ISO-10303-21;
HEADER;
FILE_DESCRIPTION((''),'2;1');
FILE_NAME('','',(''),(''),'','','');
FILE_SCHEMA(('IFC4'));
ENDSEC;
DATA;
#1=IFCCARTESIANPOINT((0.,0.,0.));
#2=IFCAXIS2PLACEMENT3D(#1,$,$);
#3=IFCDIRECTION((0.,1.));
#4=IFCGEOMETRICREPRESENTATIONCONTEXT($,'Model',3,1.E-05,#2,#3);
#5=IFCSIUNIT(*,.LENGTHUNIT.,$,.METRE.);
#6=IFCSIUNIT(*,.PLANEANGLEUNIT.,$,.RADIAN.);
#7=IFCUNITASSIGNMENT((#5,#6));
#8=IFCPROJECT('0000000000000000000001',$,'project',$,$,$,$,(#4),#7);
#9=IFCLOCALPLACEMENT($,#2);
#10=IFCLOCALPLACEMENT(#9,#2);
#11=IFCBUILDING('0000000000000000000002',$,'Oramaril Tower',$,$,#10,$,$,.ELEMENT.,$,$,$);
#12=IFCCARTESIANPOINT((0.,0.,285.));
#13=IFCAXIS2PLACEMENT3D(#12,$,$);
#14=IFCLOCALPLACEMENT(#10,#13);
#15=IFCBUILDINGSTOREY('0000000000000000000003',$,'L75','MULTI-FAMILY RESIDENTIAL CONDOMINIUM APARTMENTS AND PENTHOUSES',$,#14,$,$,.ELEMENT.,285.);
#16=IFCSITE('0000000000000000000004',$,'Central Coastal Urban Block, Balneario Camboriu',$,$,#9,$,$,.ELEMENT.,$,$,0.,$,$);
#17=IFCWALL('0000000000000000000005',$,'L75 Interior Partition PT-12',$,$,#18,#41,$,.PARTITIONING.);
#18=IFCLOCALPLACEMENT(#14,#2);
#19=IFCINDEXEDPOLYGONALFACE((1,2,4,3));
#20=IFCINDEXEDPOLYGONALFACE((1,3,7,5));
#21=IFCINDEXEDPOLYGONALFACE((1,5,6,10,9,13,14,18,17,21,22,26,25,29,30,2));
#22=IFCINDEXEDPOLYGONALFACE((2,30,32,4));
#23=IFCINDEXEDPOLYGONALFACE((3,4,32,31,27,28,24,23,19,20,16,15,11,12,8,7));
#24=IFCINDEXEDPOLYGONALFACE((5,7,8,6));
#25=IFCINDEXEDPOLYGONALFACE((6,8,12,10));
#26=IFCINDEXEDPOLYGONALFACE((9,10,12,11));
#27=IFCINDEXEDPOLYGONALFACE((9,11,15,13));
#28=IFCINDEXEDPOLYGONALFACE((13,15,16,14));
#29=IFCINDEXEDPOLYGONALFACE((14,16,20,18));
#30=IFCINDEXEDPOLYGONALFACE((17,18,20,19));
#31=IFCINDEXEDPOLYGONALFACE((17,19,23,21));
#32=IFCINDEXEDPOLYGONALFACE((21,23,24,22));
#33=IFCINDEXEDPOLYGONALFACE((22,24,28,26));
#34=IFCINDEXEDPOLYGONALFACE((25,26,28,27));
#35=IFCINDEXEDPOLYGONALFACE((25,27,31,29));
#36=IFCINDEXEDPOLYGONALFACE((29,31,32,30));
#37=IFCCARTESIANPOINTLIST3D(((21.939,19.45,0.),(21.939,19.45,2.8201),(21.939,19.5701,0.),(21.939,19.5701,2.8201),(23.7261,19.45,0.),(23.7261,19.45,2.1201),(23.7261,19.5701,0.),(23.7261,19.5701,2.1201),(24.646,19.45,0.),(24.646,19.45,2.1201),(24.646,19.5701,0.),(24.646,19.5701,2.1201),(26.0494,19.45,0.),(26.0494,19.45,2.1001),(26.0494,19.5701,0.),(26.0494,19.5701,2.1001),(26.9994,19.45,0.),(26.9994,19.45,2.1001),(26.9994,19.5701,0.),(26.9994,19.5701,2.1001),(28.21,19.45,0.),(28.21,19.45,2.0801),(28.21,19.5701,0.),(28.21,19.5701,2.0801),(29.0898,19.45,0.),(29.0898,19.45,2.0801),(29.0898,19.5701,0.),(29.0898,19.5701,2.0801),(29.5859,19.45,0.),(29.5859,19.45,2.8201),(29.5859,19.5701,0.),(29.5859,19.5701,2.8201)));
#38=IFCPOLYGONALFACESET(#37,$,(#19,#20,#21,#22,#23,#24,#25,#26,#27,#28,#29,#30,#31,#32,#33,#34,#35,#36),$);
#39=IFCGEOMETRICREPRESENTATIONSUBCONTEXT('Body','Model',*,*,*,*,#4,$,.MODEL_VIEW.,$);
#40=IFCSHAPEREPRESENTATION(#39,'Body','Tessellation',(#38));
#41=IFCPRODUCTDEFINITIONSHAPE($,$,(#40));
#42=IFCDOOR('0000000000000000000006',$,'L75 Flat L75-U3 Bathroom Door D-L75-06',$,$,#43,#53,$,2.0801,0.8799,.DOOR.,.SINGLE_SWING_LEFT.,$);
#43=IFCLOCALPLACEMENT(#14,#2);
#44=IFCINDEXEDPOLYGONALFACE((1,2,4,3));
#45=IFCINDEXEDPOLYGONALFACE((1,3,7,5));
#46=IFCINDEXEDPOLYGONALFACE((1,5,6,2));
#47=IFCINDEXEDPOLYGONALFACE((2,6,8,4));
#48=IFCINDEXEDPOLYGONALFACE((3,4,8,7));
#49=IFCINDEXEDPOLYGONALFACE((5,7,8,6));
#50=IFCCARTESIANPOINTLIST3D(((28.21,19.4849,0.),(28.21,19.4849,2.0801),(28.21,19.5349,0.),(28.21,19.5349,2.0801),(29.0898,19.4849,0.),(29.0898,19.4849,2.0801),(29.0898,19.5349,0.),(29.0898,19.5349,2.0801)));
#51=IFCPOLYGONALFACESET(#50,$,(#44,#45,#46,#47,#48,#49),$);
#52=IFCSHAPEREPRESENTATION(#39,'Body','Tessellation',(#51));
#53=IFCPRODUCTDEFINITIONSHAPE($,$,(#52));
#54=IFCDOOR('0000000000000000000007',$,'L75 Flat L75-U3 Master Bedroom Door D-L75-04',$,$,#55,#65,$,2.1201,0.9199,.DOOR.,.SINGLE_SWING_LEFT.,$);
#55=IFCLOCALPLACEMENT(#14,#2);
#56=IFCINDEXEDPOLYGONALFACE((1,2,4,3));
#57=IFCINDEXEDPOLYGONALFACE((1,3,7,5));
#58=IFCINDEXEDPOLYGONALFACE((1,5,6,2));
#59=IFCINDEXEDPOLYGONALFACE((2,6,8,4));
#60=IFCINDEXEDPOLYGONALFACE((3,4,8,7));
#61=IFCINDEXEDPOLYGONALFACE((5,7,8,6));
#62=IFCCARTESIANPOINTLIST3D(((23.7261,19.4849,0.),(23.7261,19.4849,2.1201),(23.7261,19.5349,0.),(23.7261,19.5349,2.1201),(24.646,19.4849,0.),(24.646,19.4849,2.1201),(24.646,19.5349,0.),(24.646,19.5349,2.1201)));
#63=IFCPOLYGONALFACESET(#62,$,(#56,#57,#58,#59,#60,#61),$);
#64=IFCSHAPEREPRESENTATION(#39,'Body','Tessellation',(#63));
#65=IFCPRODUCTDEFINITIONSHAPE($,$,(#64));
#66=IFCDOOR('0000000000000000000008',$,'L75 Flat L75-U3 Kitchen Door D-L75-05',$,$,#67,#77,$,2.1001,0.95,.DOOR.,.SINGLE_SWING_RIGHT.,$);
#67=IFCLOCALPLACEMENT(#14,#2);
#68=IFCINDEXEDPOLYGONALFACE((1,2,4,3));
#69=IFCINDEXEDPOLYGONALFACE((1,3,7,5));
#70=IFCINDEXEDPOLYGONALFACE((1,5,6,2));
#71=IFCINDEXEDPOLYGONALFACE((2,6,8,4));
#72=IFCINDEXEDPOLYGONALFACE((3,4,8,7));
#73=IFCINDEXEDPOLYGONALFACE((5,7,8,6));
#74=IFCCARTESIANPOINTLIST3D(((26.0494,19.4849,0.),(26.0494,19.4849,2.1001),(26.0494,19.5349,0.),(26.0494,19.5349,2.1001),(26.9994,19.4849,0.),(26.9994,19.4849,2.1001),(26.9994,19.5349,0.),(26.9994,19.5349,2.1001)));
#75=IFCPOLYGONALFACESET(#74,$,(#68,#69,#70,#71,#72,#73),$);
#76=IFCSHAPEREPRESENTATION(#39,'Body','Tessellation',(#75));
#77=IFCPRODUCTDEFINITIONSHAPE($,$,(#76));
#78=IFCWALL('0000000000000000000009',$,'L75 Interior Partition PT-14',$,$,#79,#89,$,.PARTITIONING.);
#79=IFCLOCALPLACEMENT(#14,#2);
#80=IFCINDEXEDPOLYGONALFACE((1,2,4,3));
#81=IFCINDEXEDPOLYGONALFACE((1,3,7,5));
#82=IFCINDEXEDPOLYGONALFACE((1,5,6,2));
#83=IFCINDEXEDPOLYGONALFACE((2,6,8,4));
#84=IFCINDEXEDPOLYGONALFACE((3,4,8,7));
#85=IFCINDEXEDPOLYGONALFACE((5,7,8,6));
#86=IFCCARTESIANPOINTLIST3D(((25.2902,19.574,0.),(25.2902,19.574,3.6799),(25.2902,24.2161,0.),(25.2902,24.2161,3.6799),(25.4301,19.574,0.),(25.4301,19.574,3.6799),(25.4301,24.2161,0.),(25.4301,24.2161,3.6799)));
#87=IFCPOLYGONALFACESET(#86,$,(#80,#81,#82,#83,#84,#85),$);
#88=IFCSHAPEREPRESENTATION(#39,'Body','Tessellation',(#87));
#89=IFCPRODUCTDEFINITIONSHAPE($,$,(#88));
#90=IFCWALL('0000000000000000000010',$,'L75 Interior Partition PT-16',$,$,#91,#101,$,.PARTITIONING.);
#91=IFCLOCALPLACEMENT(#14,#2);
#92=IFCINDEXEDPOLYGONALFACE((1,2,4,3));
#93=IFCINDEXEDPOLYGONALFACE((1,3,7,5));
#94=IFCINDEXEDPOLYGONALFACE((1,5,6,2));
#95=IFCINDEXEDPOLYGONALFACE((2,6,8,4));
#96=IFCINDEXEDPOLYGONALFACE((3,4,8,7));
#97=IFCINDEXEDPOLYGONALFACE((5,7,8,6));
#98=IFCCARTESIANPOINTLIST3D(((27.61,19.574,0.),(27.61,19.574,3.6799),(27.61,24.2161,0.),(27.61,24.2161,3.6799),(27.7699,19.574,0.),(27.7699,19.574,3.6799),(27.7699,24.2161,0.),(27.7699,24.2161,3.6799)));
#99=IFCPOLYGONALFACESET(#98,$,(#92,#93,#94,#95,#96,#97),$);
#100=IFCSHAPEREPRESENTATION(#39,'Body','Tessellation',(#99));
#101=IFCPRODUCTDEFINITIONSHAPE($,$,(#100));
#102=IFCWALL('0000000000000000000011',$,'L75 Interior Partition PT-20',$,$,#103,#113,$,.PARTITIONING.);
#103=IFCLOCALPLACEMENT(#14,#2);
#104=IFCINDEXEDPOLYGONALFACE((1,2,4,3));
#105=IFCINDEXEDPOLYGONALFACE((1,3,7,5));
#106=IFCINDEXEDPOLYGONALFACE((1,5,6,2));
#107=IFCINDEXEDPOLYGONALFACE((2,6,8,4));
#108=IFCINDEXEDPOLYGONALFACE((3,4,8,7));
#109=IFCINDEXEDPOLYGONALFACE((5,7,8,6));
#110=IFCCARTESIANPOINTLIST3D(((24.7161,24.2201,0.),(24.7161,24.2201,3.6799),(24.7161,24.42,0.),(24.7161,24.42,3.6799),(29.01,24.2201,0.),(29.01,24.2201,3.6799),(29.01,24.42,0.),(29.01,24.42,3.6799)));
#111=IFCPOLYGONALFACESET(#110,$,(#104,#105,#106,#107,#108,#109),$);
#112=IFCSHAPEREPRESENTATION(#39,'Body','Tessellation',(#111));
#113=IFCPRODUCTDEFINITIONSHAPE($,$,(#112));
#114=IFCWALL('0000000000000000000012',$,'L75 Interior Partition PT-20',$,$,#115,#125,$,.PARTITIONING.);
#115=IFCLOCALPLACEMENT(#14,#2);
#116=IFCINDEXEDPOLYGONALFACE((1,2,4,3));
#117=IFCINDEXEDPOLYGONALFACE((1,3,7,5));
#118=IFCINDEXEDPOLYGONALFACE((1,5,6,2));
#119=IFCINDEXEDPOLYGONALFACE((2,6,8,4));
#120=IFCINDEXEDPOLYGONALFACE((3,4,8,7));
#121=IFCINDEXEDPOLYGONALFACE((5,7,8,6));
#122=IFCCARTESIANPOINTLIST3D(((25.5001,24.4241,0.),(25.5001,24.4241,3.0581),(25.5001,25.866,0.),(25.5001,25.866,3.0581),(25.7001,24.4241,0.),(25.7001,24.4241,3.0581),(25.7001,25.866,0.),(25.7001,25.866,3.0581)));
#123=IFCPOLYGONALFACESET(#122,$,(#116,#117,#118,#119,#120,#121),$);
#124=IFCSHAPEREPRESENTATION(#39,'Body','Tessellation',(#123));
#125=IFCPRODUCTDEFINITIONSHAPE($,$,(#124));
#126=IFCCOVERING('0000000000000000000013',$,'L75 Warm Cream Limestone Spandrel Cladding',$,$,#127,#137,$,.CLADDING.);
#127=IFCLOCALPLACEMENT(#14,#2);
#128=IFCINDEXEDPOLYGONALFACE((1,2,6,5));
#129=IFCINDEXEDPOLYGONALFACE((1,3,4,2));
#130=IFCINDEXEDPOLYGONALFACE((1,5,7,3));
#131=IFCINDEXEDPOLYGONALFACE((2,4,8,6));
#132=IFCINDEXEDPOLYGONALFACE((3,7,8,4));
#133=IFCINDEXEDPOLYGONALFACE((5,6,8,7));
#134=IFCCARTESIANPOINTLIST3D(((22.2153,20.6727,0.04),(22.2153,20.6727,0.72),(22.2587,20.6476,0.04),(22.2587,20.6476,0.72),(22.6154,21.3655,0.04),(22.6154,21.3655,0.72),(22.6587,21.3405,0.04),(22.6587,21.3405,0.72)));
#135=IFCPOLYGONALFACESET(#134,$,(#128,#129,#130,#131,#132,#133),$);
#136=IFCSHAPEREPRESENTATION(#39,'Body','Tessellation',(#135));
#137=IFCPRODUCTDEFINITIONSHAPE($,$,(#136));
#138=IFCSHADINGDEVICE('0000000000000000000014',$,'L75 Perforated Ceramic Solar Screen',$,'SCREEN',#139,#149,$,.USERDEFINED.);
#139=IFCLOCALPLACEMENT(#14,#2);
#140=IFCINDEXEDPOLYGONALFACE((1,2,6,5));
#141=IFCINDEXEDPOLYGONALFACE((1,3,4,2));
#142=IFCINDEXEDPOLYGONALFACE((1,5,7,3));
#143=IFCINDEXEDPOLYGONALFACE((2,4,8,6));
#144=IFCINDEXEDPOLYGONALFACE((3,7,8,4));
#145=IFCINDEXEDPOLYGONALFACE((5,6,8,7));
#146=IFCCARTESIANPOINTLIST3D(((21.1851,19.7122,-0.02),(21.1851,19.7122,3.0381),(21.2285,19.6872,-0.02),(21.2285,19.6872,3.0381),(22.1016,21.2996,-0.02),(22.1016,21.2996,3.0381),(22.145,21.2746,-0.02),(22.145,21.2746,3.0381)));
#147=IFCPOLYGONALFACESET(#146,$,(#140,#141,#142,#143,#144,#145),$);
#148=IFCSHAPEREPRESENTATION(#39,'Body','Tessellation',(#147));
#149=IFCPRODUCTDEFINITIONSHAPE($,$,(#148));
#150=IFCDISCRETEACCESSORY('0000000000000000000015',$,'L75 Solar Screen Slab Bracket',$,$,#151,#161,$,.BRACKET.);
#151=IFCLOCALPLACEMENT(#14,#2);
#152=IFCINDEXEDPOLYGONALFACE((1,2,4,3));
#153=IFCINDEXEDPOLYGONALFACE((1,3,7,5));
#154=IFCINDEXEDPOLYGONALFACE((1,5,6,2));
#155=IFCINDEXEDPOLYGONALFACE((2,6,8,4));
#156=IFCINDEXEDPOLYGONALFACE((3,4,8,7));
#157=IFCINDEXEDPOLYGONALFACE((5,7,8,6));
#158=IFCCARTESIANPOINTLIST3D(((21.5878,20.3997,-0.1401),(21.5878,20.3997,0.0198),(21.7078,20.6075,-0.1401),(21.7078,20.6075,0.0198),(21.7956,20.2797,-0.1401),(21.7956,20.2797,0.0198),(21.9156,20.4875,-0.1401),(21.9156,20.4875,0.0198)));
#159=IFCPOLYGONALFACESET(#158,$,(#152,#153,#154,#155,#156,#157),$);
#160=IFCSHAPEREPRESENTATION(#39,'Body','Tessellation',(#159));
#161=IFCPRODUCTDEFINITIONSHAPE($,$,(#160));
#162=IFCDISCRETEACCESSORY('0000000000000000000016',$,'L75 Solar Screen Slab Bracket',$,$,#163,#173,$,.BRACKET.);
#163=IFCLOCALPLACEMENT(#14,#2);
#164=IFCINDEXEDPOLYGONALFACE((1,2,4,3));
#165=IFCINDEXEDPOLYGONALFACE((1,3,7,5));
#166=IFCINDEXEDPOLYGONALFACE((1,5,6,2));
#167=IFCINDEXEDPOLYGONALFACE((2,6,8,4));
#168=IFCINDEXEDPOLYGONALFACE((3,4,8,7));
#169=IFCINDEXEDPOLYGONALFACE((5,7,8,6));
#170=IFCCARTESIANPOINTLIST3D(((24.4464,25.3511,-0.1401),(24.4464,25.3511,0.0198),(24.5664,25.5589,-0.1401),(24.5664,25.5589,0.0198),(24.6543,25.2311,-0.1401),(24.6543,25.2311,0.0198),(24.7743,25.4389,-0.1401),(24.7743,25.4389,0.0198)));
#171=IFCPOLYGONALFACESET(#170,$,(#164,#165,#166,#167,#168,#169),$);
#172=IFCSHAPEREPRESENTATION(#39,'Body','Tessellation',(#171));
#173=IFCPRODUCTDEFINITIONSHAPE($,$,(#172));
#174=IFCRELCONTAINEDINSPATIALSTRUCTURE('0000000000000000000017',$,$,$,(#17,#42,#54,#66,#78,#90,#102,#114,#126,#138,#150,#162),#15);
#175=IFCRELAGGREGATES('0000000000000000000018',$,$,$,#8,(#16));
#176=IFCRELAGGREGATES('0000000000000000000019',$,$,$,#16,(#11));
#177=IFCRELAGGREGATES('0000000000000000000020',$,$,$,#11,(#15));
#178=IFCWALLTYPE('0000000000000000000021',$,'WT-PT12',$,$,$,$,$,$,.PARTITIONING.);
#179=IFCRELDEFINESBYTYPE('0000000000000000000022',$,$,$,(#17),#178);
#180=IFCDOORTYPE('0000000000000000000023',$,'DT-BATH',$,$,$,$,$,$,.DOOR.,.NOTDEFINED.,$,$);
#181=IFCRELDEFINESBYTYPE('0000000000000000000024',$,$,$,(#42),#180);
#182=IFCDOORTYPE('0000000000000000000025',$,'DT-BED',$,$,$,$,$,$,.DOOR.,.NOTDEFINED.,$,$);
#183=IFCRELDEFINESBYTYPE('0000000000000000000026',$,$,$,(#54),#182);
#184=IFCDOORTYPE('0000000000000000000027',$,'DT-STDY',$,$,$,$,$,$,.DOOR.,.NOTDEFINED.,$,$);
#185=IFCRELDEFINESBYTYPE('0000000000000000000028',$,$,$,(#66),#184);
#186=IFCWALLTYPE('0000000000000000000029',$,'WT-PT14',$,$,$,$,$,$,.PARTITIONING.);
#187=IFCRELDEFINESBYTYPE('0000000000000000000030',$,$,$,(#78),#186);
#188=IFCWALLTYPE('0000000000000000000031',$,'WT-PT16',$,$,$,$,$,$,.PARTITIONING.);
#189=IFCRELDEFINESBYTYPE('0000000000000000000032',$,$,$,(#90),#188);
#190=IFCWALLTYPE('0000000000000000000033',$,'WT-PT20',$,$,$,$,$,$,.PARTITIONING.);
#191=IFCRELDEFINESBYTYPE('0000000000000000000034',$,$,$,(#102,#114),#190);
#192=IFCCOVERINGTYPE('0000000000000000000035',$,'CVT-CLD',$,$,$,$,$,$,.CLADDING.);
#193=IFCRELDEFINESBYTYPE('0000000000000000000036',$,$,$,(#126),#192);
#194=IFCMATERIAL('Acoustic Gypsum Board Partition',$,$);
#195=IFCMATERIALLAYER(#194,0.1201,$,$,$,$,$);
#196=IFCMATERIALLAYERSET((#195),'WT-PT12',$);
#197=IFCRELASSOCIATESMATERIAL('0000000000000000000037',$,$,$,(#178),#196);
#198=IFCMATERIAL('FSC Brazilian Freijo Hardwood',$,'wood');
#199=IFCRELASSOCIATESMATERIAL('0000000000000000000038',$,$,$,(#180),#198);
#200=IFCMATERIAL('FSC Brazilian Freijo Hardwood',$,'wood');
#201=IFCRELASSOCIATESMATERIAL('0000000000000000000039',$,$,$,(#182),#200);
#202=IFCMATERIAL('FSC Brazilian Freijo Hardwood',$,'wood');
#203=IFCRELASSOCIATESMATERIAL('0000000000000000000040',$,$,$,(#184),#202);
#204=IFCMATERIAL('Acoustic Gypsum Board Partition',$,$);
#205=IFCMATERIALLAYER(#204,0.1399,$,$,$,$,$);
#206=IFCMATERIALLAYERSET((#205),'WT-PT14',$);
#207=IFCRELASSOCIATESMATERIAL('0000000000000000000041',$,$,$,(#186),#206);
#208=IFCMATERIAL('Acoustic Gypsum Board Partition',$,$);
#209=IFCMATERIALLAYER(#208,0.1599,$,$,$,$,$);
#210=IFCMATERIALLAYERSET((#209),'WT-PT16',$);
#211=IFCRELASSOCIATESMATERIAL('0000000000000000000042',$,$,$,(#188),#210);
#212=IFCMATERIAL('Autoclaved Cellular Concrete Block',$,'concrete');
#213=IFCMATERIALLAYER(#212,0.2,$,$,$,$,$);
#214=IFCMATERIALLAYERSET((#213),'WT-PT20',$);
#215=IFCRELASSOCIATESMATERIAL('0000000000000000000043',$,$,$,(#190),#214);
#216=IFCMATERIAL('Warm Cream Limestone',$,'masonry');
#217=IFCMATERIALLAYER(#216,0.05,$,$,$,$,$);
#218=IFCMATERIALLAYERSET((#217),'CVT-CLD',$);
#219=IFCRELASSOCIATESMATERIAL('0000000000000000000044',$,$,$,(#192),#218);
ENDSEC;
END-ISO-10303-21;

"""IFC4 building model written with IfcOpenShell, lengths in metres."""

from ifc_helpers import new_model, si_unit, direction, frame, frame_2d, origin, origin_2d, place, context, subcontext, project, spatial, rectangle, extrude, material, layer, layer_set, type_object, element, fill, save


model = new_model("IFC4")

# Units and contexts
model_context = context("Model", 3, precision=1e-05, world=origin(), true_north=direction((0.0, 1.0)))
body_context = subcontext(model_context, "Body", "Model", "MODEL_VIEW")
ifc_project = project(units=[si_unit("LENGTHUNIT", "METRE"), si_unit("PLANEANGLEUNIT", "RADIAN")], contexts=[model_context])

# Site, building, storey
site_placement = place(None, origin())
site = spatial("IfcSite", under=ifc_project, at=site_placement, Name="Central Coastal Urban Block, Balneario Camboriu", CompositionType="ELEMENT", RefElevation=0.0)
building_placement = place(site_placement, origin())
building = spatial("IfcBuilding", under=site, at=building_placement, Name="Oramaril Tower", CompositionType="ELEMENT")
storey_placement = place(building_placement, frame((0.0, 0.0, 285.0)))
storey = spatial("IfcBuildingStorey", under=building, at=storey_placement, Name="L75", Description="MULTI-FAMILY RESIDENTIAL CONDOMINIUM APARTMENTS AND PENTHOUSES", CompositionType="ELEMENT", Elevation=285.0)

# Wall, openings, doors
ifc_material_1 = material(Name="Acoustic Gypsum Board Partition")
ifc_layer_1 = layer(ifc_material_1, 0.1201)
ifc_layer_set_1 = layer_set([ifc_layer_1], Name="WT-PT12")
wall_type_1 = type_object("IfcWallType", Name="WT-PT12", PredefinedType="PARTITIONING", material=ifc_layer_set_1)
wall_1_placement = place(storey_placement, frame((21.939, 19.51, 0.0), z_axis=(0.0, 0.0, 1.0), x_axis=(1.0, 0.0, 0.0)))
wall_1 = element("IfcWall", 1, at=wall_1_placement, inside=storey, type_object=wall_type_1, Name="L75 Interior Partition PT-12", PredefinedType="PARTITIONING", context=body_context, shape_type="SweptSolid", body=[
    extrude(rectangle(XDim=7.647, YDim=0.1201, at=frame_2d((3.8235, 0.0))), origin(), (0.0, 0.0, 1.0), 2.8201),
])
opening_1_placement = place(wall_1_placement, frame((1.7871, 0.0, 0.0)))
opening_1 = element("IfcOpeningElement", 2, at=opening_1_placement, cuts=wall_1, PredefinedType="OPENING", context=body_context, shape_type="SweptSolid", body=[
    extrude(rectangle(XDim=0.9199, YDim=2.1201, at=frame_2d((0.46, 1.0601))), frame((0.0, 0.0601, 0.0), z_axis=(0.0, -1.0, 0.0), x_axis=(1.0, 0.0, 0.0)), (0.0, 0.0, 1.0), 0.1201),
])
opening_2_placement = place(wall_1_placement, frame((4.1104, 0.0, 0.0)))
opening_2 = element("IfcOpeningElement", 3, at=opening_2_placement, cuts=wall_1, PredefinedType="OPENING", context=body_context, shape_type="SweptSolid", body=[
    extrude(rectangle(XDim=0.95, YDim=2.1001, at=frame_2d((0.4751, 1.05))), frame((0.0, 0.0601, 0.0), z_axis=(0.0, -1.0, 0.0), x_axis=(1.0, 0.0, 0.0)), (0.0, 0.0, 1.0), 0.1201),
])
opening_3_placement = place(wall_1_placement, frame((6.271, 0.0, 0.0)))
opening_3 = element("IfcOpeningElement", 4, at=opening_3_placement, cuts=wall_1, PredefinedType="OPENING", context=body_context, shape_type="SweptSolid", body=[
    extrude(rectangle(XDim=0.8799, YDim=2.0801, at=frame_2d((0.4399, 1.04))), frame((0.0, 0.0601, 0.0), z_axis=(0.0, -1.0, 0.0), x_axis=(1.0, 0.0, 0.0)), (0.0, 0.0, 1.0), 0.1201),
])
ifc_material_2 = material(Name="FSC Brazilian Freijo Hardwood", Category="wood")
door_type_1 = type_object("IfcDoorType", Name="DT-BATH", OperationType="NOTDEFINED", PredefinedType="DOOR", material=ifc_material_2)
door_1_placement = place(opening_3_placement, origin())
door_1 = element("IfcDoor", 5, at=door_1_placement, inside=storey, type_object=door_type_1, Name="L75 Flat L75-U3 Bathroom Door D-L75-06", OperationType="SINGLE_SWING_LEFT", OverallHeight=2.0801, OverallWidth=0.8799, PredefinedType="DOOR", context=body_context, shape_type="SweptSolid", body=[
    extrude(rectangle(XDim=0.8799, YDim=2.0801, at=frame_2d((0.4399, 1.04))), frame((0.0, 0.0249, 0.0), z_axis=(0.0, -1.0, 0.0), x_axis=(1.0, 0.0, 0.0)), (0.0, 0.0, 1.0), 0.05),
])
fill(opening_3, door_1)
ifc_material_3 = material(Name="FSC Brazilian Freijo Hardwood", Category="wood")
door_type_2 = type_object("IfcDoorType", Name="DT-BED", OperationType="NOTDEFINED", PredefinedType="DOOR", material=ifc_material_3)
door_2_placement = place(opening_1_placement, origin())
door_2 = element("IfcDoor", 6, at=door_2_placement, inside=storey, type_object=door_type_2, Name="L75 Flat L75-U3 Master Bedroom Door D-L75-04", OperationType="SINGLE_SWING_LEFT", OverallHeight=2.1201, OverallWidth=0.9199, PredefinedType="DOOR", context=body_context, shape_type="SweptSolid", body=[
    extrude(rectangle(XDim=0.9199, YDim=2.1201, at=frame_2d((0.46, 1.0601))), frame((0.0, 0.0249, 0.0), z_axis=(0.0, -1.0, 0.0), x_axis=(1.0, 0.0, 0.0)), (0.0, 0.0, 1.0), 0.05),
])
fill(opening_1, door_2)
ifc_material_4 = material(Name="FSC Brazilian Freijo Hardwood", Category="wood")
door_type_3 = type_object("IfcDoorType", Name="DT-STDY", OperationType="NOTDEFINED", PredefinedType="DOOR", material=ifc_material_4)
door_3_placement = place(opening_2_placement, origin())
door_3 = element("IfcDoor", 7, at=door_3_placement, inside=storey, type_object=door_type_3, Name="L75 Flat L75-U3 Kitchen Door D-L75-05", OperationType="SINGLE_SWING_RIGHT", OverallHeight=2.1001, OverallWidth=0.95, PredefinedType="DOOR", context=body_context, shape_type="SweptSolid", body=[
    extrude(rectangle(XDim=0.95, YDim=2.1001, at=frame_2d((0.4751, 1.05))), frame((0.0, 0.0249, 0.0), z_axis=(0.0, -1.0, 0.0), x_axis=(1.0, 0.0, 0.0)), (0.0, 0.0, 1.0), 0.05),
])
fill(opening_2, door_3)

# Walls
ifc_material_5 = material(Name="Acoustic Gypsum Board Partition")
ifc_layer_2 = layer(ifc_material_5, 0.1399)
ifc_layer_set_2 = layer_set([ifc_layer_2], Name="WT-PT14")
wall_type_2 = type_object("IfcWallType", Name="WT-PT14", PredefinedType="PARTITIONING", material=ifc_layer_set_2)
wall_2_placement = place(storey_placement, frame((25.3601, 19.574, 0.0), z_axis=(0.0, 0.0, 1.0), x_axis=(0.0, 1.0, 0.0)))
element("IfcWall", 8, at=wall_2_placement, inside=storey, type_object=wall_type_2, Name="L75 Interior Partition PT-14", PredefinedType="PARTITIONING", context=body_context, shape_type="SweptSolid", body=[
    extrude(rectangle(XDim=4.6421, YDim=0.1399, at=frame_2d((2.321, 0.0))), origin(), (0.0, 0.0, 1.0), 3.6799),
])
ifc_material_6 = material(Name="Acoustic Gypsum Board Partition")
ifc_layer_3 = layer(ifc_material_6, 0.1599)
ifc_layer_set_3 = layer_set([ifc_layer_3], Name="WT-PT16")
wall_type_3 = type_object("IfcWallType", Name="WT-PT16", PredefinedType="PARTITIONING", material=ifc_layer_set_3)
wall_3_placement = place(storey_placement, frame((27.6899, 19.574, 0.0), z_axis=(0.0, 0.0, 1.0), x_axis=(0.0, 1.0, 0.0)))
element("IfcWall", 9, at=wall_3_placement, inside=storey, type_object=wall_type_3, Name="L75 Interior Partition PT-16", PredefinedType="PARTITIONING", context=body_context, shape_type="SweptSolid", body=[
    extrude(rectangle(XDim=4.6421, YDim=0.1599, at=frame_2d((2.321, 0.0))), origin(), (0.0, 0.0, 1.0), 3.6799),
])
ifc_material_7 = material(Name="Autoclaved Cellular Concrete Block", Category="concrete")
ifc_layer_4 = layer(ifc_material_7, 0.2)
ifc_layer_set_4 = layer_set([ifc_layer_4], Name="WT-PT20")
wall_type_4 = type_object("IfcWallType", Name="WT-PT20", PredefinedType="PARTITIONING", material=ifc_layer_set_4)
wall_4_placement = place(storey_placement, frame((24.7161, 24.3201, 0.0), z_axis=(0.0, 0.0, 1.0), x_axis=(1.0, 0.0, 0.0)))
element("IfcWall", 10, at=wall_4_placement, inside=storey, type_object=wall_type_4, Name="L75 Interior Partition PT-20", PredefinedType="PARTITIONING", context=body_context, shape_type="SweptSolid", body=[
    extrude(rectangle(XDim=4.2939, YDim=0.2, at=frame_2d((2.147, 0.0))), origin(), (0.0, 0.0, 1.0), 3.6799),
])
wall_5_placement = place(storey_placement, frame((25.6001, 24.4241, 0.0), z_axis=(0.0, 0.0, 1.0), x_axis=(0.0, 1.0, 0.0)))
element("IfcWall", 11, at=wall_5_placement, inside=storey, type_object=wall_type_4, Name="L75 Interior Partition PT-20", PredefinedType="PARTITIONING", context=body_context, shape_type="SweptSolid", body=[
    extrude(rectangle(XDim=1.4419, YDim=0.2, at=frame_2d((0.7209, 0.0))), origin(), (0.0, 0.0, 1.0), 3.0581),
])

# Covering
ifc_material_8 = material(Name="Warm Cream Limestone", Category="masonry")
ifc_layer_5 = layer(ifc_material_8, 0.05)
ifc_layer_set_5 = layer_set([ifc_layer_5], Name="CVT-CLD")
covering_type = type_object("IfcCoveringType", Name="CVT-CLD", PredefinedType="CLADDING", material=ifc_layer_set_5)
covering_placement = place(storey_placement, frame((22.437, 21.0066, 0.04), z_axis=(0.0, 0.0, 1.0), x_axis=(-0.5, -0.866025, 0.0)))
element("IfcCovering", 12, at=covering_placement, inside=storey, type_object=covering_type, Name="L75 Warm Cream Limestone Spandrel Cladding", PredefinedType="CLADDING", context=body_context, shape_type="SweptSolid", body=[
    extrude(rectangle(XDim=0.8, YDim=0.05, at=origin_2d()), origin(), (0.0, 0.0, 1.0), 0.6799),
])

# Shading device
shading_device_placement = place(storey_placement, frame((21.665, 20.4934, -0.02), z_axis=(0.0, 0.0, 1.0), x_axis=(-0.5, -0.866025, 0.0)))
element("IfcShadingDevice", 13, at=shading_device_placement, inside=storey, Name="L75 Perforated Ceramic Solar Screen", ObjectType="SCREEN", PredefinedType="USERDEFINED", context=body_context, shape_type="SweptSolid", body=[
    extrude(rectangle(XDim=1.833, YDim=0.05, at=origin_2d()), origin(), (0.0, 0.0, 1.0), 3.0581),
])

# Discrete accessories
for number, where, z_axis, x_axis, name in (
    (14, (21.7517, 20.4436, -0.1401), (0.0, 0.0, 1.0), (-0.5, -0.866025, 0.0), "L75 Solar Screen Slab Bracket"),
    (15, (24.6104, 25.395, -0.1401), (0.0, 0.0, 1.0), (-0.5, -0.866025, 0.0), "L75 Solar Screen Slab Bracket"),
):
    element("IfcDiscreteAccessory", number, at=place(storey_placement, frame(where, z_axis=z_axis, x_axis=x_axis)), inside=storey, Name=name, PredefinedType="BRACKET", context=body_context, shape_type="SweptSolid", body=[
        extrude(rectangle(XDim=0.24, YDim=0.24, at=origin_2d()), origin(), (0.0, 0.0, 1.0), 0.1599),
    ])

save(model, "model.ifc")
